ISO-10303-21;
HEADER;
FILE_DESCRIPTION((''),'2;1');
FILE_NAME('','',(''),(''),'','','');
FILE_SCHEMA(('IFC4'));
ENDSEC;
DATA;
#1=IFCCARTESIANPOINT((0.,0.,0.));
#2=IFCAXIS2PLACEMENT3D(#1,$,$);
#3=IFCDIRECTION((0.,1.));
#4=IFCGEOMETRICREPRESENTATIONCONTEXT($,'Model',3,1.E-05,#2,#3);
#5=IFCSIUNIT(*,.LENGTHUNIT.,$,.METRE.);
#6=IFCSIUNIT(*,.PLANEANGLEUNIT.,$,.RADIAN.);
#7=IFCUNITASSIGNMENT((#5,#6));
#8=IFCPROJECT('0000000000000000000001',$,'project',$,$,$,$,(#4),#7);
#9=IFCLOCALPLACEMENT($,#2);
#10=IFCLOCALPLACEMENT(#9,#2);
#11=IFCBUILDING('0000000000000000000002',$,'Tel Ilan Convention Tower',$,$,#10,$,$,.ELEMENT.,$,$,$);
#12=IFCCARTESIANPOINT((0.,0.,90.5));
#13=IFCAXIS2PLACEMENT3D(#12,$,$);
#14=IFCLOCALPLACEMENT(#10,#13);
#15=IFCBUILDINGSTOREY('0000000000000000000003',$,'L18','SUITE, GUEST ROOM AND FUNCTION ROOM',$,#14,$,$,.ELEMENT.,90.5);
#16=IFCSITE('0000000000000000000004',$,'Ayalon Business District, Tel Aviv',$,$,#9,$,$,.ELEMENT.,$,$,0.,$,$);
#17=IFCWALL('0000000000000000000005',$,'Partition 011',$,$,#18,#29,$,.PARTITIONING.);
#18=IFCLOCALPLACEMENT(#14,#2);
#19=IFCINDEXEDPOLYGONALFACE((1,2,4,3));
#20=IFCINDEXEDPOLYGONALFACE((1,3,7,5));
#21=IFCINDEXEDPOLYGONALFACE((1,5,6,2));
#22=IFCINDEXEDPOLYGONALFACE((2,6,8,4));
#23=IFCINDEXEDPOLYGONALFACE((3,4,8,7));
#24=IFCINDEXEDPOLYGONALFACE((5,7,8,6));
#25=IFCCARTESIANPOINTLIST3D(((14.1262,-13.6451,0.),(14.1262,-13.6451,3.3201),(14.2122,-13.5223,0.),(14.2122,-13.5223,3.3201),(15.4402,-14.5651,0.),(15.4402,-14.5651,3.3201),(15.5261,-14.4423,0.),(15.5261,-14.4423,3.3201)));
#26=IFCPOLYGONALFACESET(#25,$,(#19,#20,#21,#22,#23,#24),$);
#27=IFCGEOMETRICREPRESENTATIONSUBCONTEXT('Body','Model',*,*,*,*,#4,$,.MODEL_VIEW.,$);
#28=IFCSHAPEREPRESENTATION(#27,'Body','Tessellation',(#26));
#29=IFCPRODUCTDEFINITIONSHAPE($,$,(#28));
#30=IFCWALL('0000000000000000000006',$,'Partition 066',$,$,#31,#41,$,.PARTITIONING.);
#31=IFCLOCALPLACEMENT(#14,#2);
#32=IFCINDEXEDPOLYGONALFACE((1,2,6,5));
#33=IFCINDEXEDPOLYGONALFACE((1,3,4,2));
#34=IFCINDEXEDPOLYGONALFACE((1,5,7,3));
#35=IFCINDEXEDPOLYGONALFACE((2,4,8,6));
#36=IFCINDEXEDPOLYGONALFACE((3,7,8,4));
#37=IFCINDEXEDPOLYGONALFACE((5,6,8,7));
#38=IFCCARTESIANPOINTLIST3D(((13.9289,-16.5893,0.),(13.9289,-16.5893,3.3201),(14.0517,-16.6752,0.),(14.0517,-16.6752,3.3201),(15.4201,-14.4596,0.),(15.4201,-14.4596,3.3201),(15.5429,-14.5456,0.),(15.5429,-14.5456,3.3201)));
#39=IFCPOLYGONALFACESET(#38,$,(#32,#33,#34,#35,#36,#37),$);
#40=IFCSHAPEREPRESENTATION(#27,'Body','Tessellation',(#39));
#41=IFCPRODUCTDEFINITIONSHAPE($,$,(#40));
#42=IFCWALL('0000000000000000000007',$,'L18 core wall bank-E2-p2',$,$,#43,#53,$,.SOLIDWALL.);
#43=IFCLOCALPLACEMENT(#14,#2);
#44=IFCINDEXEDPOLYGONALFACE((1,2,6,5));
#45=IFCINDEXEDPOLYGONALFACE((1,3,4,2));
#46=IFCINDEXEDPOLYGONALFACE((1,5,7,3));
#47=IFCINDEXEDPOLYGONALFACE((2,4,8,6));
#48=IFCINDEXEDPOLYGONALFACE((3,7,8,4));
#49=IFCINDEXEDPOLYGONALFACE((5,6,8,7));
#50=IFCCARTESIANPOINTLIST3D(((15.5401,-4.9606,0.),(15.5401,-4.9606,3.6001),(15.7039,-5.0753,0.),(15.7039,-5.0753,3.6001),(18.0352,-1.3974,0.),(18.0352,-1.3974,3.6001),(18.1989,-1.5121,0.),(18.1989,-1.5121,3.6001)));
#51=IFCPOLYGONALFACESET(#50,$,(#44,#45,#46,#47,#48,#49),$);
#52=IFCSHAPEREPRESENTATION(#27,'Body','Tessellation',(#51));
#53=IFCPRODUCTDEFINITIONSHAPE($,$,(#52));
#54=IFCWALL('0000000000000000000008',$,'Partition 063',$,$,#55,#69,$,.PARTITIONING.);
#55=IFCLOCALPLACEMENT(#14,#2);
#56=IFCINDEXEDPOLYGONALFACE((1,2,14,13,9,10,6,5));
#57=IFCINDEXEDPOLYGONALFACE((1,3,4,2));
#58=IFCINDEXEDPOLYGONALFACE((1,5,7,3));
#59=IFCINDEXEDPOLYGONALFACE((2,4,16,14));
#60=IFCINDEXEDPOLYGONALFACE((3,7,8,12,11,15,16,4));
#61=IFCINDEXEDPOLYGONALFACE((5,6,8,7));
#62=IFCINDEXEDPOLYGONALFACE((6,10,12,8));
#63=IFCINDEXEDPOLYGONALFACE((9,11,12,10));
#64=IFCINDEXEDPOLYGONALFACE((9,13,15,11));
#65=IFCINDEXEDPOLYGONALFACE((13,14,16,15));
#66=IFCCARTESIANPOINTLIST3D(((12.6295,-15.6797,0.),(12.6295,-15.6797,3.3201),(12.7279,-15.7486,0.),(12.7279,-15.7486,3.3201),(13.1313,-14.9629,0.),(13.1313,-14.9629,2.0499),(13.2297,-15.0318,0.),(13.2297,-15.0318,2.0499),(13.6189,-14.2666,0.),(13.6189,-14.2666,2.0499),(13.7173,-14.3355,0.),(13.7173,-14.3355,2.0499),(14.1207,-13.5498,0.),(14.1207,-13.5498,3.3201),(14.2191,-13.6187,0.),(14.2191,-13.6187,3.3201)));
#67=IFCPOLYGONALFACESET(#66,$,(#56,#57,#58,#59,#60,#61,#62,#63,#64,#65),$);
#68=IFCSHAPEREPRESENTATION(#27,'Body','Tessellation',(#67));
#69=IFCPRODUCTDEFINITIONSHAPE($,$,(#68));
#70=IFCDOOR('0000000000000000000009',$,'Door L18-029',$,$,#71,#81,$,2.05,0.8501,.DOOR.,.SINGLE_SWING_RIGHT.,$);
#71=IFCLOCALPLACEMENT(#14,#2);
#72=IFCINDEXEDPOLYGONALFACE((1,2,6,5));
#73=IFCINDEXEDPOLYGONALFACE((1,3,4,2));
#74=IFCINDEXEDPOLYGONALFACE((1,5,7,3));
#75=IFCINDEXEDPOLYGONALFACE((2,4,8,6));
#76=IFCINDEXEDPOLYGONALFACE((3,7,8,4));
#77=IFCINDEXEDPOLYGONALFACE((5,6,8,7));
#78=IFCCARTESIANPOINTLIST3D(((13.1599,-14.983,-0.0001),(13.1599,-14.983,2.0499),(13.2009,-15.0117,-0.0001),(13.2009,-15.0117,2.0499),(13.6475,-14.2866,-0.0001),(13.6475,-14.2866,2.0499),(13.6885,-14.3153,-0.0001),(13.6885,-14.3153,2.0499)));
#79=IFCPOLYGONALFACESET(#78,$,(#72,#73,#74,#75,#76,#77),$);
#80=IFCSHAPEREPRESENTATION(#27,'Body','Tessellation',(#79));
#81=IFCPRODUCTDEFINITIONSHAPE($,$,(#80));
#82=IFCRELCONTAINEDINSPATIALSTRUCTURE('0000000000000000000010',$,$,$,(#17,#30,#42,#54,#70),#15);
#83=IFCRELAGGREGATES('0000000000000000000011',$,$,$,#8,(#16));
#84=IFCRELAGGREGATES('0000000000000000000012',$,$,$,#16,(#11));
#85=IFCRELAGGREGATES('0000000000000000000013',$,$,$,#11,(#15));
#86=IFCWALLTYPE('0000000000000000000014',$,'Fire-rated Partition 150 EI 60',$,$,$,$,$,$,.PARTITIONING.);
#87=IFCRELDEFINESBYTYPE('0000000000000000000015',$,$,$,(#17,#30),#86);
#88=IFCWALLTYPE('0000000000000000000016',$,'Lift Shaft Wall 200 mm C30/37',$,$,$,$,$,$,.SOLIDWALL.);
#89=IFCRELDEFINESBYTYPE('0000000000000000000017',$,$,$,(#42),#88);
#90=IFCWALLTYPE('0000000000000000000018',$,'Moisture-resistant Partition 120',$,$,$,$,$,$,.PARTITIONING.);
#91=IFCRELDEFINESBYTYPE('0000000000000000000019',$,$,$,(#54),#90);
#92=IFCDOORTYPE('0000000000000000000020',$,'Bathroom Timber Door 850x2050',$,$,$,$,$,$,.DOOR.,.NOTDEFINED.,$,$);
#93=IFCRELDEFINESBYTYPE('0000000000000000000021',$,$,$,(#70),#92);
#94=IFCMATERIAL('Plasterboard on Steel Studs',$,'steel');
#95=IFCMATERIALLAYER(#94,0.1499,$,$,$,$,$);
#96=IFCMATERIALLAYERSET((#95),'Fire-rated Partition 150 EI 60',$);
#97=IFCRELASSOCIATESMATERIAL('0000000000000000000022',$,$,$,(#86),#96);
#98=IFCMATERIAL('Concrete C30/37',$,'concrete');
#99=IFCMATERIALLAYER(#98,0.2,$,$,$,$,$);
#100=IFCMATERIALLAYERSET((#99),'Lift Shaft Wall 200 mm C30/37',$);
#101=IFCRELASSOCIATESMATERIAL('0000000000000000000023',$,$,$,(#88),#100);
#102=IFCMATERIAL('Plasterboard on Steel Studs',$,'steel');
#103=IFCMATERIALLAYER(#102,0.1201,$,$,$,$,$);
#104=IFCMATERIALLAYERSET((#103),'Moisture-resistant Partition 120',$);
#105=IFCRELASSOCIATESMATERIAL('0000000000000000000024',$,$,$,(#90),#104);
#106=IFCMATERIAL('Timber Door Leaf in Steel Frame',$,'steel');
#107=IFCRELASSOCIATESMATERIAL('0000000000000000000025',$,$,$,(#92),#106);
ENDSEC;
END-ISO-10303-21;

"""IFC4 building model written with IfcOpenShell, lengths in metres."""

from ifc_helpers import new_model, si_unit, direction, frame, frame_2d, origin, place, context, subcontext, project, spatial, rectangle, extrude, material, layer, layer_set, type_object, element, fill, save


model = new_model("IFC4")

# Units and contexts
model_context = context("Model", 3, precision=1e-05, world=origin(), true_north=direction((0.0, 1.0)))
body_context = subcontext(model_context, "Body", "Model", "MODEL_VIEW")
ifc_project = project(units=[si_unit("LENGTHUNIT", "METRE"), si_unit("PLANEANGLEUNIT", "RADIAN")], contexts=[model_context])

# Site, building, storey
site_placement = place(None, origin())
site = spatial("IfcSite", under=ifc_project, at=site_placement, Name="Ayalon Business District, Tel Aviv", CompositionType="ELEMENT", RefElevation=0.0)
building_placement = place(site_placement, origin())
building = spatial("IfcBuilding", under=site, at=building_placement, Name="Tel Ilan Convention Tower", CompositionType="ELEMENT")
storey_placement = place(building_placement, frame((0.0, 0.0, 90.5)))
storey = spatial("IfcBuildingStorey", under=building, at=storey_placement, Name="L18", Description="SUITE, GUEST ROOM AND FUNCTION ROOM", CompositionType="ELEMENT", Elevation=90.5)

# Shared definitions
ifc_material_1 = material(Name="Plasterboard on Steel Studs", Category="steel")
ifc_layer_1 = layer(ifc_material_1, 0.1499)
ifc_layer_set_1 = layer_set([ifc_layer_1], Name="Fire-rated Partition 150 EI 60")
wall_type_1 = type_object("IfcWallType", Name="Fire-rated Partition 150 EI 60", PredefinedType="PARTITIONING", material=ifc_layer_set_1)

# Walls
wall_1_placement = place(storey_placement, frame((15.4832, -14.5037, 0.0), z_axis=(0.0, 0.0, 1.0), x_axis=(-0.819189, 0.573524, 0.0)))
element("IfcWall", 1, at=wall_1_placement, inside=storey, type_object=wall_type_1, Name="Partition 011", PredefinedType="PARTITIONING", context=body_context, shape_type="SweptSolid", body=[
    extrude(rectangle(XDim=1.604, YDim=0.1499, at=frame_2d((0.802, 0.0))), origin(), (0.0, 0.0, 1.0), 3.3201),
])
wall_2_placement = place(storey_placement, frame((15.4814, -14.5027, 0.0), z_axis=(0.0, 0.0, 1.0), x_axis=(-0.573582, -0.819148, 0.0)))
element("IfcWall", 2, at=wall_2_placement, inside=storey, type_object=wall_type_1, Name="Partition 066", PredefinedType="PARTITIONING", context=body_context, shape_type="SweptSolid", body=[
    extrude(rectangle(XDim=2.5999, YDim=0.1499, at=frame_2d((1.2998, 0.0))), origin(), (0.0, 0.0, 1.0), 3.3201),
])
ifc_material_2 = material(Name="Concrete C30/37", Category="concrete")
ifc_layer_2 = layer(ifc_material_2, 0.2)
ifc_layer_set_2 = layer_set([ifc_layer_2], Name="Lift Shaft Wall 200 mm C30/37")
wall_type_2 = type_object("IfcWallType", Name="Lift Shaft Wall 200 mm C30/37", PredefinedType="SOLIDWALL", material=ifc_layer_set_2)
wall_3_placement = place(storey_placement, frame((15.6221, -5.0178, 0.0), z_axis=(0.0, 0.0, 1.0), x_axis=(0.573594, 0.81914, 0.0)))
element("IfcWall", 3, at=wall_3_placement, inside=storey, type_object=wall_type_2, Name="L18 core wall bank-E2-p2", PredefinedType="SOLIDWALL", context=body_context, shape_type="SweptSolid", body=[
    extrude(rectangle(XDim=4.3499, YDim=0.2, at=frame_2d((2.1748, 0.0))), origin(), (0.0, 0.0, 1.0), 3.6001),
])

# Wall, opening, door
ifc_material_3 = material(Name="Plasterboard on Steel Studs", Category="steel")
ifc_layer_3 = layer(ifc_material_3, 0.1201)
ifc_layer_set_3 = layer_set([ifc_layer_3], Name="Moisture-resistant Partition 120")
wall_type_3 = type_object("IfcWallType", Name="Moisture-resistant Partition 120", PredefinedType="PARTITIONING", material=ifc_layer_set_3)
wall_4_placement = place(storey_placement, frame((14.1699, -13.5842, 0.0), z_axis=(0.0, 0.0, 1.0), x_axis=(-0.573538, -0.819179, 0.0)))
wall_4 = element("IfcWall", 4, at=wall_4_placement, inside=storey, type_object=wall_type_3, Name="Partition 063", PredefinedType="PARTITIONING", context=body_context, shape_type="SweptSolid", body=[
    extrude(rectangle(XDim=2.6001, YDim=0.1201, at=frame_2d((1.3, 0.0))), origin(), (0.0, 0.0, 1.0), 3.3201),
])
opening_1_placement = place(wall_4_placement, frame((0.875, 0.0, 0.0)))
opening_1 = element("IfcOpeningElement", 5, at=opening_1_placement, cuts=wall_4, PredefinedType="OPENING", context=body_context, shape_type="SweptSolid", body=[
    extrude(rectangle(XDim=0.8501, YDim=2.05, at=frame_2d((0.425, 1.0249))), frame((0.0, 0.0701, 0.0), z_axis=(0.0, -1.0, 0.0), x_axis=(1.0, 0.0, 0.0)), (0.0, 0.0, 1.0), 0.1401),
])
ifc_material_4 = material(Name="Timber Door Leaf in Steel Frame", Category="steel")
door_type_1 = type_object("IfcDoorType", Name="Bathroom Timber Door 850x2050", OperationType="NOTDEFINED", PredefinedType="DOOR", material=ifc_material_4)
door_1_placement = place(opening_1_placement, origin())
door_1 = element("IfcDoor", 6, at=door_1_placement, inside=storey, type_object=door_type_1, Name="Door L18-029", OperationType="SINGLE_SWING_RIGHT", OverallHeight=2.05, OverallWidth=0.8501, PredefinedType="DOOR", context=body_context, shape_type="SweptSolid", body=[
    extrude(rectangle(XDim=0.8501, YDim=2.05, at=frame_2d((0.425, 1.0249))), frame((0.0, 0.0249, 0.0), z_axis=(0.0, -1.0, 0.0), x_axis=(1.0, 0.0, 0.0)), (0.0, 0.0, 1.0), 0.05),
])
fill(opening_1, door_1)

save(model, "model.ifc")
